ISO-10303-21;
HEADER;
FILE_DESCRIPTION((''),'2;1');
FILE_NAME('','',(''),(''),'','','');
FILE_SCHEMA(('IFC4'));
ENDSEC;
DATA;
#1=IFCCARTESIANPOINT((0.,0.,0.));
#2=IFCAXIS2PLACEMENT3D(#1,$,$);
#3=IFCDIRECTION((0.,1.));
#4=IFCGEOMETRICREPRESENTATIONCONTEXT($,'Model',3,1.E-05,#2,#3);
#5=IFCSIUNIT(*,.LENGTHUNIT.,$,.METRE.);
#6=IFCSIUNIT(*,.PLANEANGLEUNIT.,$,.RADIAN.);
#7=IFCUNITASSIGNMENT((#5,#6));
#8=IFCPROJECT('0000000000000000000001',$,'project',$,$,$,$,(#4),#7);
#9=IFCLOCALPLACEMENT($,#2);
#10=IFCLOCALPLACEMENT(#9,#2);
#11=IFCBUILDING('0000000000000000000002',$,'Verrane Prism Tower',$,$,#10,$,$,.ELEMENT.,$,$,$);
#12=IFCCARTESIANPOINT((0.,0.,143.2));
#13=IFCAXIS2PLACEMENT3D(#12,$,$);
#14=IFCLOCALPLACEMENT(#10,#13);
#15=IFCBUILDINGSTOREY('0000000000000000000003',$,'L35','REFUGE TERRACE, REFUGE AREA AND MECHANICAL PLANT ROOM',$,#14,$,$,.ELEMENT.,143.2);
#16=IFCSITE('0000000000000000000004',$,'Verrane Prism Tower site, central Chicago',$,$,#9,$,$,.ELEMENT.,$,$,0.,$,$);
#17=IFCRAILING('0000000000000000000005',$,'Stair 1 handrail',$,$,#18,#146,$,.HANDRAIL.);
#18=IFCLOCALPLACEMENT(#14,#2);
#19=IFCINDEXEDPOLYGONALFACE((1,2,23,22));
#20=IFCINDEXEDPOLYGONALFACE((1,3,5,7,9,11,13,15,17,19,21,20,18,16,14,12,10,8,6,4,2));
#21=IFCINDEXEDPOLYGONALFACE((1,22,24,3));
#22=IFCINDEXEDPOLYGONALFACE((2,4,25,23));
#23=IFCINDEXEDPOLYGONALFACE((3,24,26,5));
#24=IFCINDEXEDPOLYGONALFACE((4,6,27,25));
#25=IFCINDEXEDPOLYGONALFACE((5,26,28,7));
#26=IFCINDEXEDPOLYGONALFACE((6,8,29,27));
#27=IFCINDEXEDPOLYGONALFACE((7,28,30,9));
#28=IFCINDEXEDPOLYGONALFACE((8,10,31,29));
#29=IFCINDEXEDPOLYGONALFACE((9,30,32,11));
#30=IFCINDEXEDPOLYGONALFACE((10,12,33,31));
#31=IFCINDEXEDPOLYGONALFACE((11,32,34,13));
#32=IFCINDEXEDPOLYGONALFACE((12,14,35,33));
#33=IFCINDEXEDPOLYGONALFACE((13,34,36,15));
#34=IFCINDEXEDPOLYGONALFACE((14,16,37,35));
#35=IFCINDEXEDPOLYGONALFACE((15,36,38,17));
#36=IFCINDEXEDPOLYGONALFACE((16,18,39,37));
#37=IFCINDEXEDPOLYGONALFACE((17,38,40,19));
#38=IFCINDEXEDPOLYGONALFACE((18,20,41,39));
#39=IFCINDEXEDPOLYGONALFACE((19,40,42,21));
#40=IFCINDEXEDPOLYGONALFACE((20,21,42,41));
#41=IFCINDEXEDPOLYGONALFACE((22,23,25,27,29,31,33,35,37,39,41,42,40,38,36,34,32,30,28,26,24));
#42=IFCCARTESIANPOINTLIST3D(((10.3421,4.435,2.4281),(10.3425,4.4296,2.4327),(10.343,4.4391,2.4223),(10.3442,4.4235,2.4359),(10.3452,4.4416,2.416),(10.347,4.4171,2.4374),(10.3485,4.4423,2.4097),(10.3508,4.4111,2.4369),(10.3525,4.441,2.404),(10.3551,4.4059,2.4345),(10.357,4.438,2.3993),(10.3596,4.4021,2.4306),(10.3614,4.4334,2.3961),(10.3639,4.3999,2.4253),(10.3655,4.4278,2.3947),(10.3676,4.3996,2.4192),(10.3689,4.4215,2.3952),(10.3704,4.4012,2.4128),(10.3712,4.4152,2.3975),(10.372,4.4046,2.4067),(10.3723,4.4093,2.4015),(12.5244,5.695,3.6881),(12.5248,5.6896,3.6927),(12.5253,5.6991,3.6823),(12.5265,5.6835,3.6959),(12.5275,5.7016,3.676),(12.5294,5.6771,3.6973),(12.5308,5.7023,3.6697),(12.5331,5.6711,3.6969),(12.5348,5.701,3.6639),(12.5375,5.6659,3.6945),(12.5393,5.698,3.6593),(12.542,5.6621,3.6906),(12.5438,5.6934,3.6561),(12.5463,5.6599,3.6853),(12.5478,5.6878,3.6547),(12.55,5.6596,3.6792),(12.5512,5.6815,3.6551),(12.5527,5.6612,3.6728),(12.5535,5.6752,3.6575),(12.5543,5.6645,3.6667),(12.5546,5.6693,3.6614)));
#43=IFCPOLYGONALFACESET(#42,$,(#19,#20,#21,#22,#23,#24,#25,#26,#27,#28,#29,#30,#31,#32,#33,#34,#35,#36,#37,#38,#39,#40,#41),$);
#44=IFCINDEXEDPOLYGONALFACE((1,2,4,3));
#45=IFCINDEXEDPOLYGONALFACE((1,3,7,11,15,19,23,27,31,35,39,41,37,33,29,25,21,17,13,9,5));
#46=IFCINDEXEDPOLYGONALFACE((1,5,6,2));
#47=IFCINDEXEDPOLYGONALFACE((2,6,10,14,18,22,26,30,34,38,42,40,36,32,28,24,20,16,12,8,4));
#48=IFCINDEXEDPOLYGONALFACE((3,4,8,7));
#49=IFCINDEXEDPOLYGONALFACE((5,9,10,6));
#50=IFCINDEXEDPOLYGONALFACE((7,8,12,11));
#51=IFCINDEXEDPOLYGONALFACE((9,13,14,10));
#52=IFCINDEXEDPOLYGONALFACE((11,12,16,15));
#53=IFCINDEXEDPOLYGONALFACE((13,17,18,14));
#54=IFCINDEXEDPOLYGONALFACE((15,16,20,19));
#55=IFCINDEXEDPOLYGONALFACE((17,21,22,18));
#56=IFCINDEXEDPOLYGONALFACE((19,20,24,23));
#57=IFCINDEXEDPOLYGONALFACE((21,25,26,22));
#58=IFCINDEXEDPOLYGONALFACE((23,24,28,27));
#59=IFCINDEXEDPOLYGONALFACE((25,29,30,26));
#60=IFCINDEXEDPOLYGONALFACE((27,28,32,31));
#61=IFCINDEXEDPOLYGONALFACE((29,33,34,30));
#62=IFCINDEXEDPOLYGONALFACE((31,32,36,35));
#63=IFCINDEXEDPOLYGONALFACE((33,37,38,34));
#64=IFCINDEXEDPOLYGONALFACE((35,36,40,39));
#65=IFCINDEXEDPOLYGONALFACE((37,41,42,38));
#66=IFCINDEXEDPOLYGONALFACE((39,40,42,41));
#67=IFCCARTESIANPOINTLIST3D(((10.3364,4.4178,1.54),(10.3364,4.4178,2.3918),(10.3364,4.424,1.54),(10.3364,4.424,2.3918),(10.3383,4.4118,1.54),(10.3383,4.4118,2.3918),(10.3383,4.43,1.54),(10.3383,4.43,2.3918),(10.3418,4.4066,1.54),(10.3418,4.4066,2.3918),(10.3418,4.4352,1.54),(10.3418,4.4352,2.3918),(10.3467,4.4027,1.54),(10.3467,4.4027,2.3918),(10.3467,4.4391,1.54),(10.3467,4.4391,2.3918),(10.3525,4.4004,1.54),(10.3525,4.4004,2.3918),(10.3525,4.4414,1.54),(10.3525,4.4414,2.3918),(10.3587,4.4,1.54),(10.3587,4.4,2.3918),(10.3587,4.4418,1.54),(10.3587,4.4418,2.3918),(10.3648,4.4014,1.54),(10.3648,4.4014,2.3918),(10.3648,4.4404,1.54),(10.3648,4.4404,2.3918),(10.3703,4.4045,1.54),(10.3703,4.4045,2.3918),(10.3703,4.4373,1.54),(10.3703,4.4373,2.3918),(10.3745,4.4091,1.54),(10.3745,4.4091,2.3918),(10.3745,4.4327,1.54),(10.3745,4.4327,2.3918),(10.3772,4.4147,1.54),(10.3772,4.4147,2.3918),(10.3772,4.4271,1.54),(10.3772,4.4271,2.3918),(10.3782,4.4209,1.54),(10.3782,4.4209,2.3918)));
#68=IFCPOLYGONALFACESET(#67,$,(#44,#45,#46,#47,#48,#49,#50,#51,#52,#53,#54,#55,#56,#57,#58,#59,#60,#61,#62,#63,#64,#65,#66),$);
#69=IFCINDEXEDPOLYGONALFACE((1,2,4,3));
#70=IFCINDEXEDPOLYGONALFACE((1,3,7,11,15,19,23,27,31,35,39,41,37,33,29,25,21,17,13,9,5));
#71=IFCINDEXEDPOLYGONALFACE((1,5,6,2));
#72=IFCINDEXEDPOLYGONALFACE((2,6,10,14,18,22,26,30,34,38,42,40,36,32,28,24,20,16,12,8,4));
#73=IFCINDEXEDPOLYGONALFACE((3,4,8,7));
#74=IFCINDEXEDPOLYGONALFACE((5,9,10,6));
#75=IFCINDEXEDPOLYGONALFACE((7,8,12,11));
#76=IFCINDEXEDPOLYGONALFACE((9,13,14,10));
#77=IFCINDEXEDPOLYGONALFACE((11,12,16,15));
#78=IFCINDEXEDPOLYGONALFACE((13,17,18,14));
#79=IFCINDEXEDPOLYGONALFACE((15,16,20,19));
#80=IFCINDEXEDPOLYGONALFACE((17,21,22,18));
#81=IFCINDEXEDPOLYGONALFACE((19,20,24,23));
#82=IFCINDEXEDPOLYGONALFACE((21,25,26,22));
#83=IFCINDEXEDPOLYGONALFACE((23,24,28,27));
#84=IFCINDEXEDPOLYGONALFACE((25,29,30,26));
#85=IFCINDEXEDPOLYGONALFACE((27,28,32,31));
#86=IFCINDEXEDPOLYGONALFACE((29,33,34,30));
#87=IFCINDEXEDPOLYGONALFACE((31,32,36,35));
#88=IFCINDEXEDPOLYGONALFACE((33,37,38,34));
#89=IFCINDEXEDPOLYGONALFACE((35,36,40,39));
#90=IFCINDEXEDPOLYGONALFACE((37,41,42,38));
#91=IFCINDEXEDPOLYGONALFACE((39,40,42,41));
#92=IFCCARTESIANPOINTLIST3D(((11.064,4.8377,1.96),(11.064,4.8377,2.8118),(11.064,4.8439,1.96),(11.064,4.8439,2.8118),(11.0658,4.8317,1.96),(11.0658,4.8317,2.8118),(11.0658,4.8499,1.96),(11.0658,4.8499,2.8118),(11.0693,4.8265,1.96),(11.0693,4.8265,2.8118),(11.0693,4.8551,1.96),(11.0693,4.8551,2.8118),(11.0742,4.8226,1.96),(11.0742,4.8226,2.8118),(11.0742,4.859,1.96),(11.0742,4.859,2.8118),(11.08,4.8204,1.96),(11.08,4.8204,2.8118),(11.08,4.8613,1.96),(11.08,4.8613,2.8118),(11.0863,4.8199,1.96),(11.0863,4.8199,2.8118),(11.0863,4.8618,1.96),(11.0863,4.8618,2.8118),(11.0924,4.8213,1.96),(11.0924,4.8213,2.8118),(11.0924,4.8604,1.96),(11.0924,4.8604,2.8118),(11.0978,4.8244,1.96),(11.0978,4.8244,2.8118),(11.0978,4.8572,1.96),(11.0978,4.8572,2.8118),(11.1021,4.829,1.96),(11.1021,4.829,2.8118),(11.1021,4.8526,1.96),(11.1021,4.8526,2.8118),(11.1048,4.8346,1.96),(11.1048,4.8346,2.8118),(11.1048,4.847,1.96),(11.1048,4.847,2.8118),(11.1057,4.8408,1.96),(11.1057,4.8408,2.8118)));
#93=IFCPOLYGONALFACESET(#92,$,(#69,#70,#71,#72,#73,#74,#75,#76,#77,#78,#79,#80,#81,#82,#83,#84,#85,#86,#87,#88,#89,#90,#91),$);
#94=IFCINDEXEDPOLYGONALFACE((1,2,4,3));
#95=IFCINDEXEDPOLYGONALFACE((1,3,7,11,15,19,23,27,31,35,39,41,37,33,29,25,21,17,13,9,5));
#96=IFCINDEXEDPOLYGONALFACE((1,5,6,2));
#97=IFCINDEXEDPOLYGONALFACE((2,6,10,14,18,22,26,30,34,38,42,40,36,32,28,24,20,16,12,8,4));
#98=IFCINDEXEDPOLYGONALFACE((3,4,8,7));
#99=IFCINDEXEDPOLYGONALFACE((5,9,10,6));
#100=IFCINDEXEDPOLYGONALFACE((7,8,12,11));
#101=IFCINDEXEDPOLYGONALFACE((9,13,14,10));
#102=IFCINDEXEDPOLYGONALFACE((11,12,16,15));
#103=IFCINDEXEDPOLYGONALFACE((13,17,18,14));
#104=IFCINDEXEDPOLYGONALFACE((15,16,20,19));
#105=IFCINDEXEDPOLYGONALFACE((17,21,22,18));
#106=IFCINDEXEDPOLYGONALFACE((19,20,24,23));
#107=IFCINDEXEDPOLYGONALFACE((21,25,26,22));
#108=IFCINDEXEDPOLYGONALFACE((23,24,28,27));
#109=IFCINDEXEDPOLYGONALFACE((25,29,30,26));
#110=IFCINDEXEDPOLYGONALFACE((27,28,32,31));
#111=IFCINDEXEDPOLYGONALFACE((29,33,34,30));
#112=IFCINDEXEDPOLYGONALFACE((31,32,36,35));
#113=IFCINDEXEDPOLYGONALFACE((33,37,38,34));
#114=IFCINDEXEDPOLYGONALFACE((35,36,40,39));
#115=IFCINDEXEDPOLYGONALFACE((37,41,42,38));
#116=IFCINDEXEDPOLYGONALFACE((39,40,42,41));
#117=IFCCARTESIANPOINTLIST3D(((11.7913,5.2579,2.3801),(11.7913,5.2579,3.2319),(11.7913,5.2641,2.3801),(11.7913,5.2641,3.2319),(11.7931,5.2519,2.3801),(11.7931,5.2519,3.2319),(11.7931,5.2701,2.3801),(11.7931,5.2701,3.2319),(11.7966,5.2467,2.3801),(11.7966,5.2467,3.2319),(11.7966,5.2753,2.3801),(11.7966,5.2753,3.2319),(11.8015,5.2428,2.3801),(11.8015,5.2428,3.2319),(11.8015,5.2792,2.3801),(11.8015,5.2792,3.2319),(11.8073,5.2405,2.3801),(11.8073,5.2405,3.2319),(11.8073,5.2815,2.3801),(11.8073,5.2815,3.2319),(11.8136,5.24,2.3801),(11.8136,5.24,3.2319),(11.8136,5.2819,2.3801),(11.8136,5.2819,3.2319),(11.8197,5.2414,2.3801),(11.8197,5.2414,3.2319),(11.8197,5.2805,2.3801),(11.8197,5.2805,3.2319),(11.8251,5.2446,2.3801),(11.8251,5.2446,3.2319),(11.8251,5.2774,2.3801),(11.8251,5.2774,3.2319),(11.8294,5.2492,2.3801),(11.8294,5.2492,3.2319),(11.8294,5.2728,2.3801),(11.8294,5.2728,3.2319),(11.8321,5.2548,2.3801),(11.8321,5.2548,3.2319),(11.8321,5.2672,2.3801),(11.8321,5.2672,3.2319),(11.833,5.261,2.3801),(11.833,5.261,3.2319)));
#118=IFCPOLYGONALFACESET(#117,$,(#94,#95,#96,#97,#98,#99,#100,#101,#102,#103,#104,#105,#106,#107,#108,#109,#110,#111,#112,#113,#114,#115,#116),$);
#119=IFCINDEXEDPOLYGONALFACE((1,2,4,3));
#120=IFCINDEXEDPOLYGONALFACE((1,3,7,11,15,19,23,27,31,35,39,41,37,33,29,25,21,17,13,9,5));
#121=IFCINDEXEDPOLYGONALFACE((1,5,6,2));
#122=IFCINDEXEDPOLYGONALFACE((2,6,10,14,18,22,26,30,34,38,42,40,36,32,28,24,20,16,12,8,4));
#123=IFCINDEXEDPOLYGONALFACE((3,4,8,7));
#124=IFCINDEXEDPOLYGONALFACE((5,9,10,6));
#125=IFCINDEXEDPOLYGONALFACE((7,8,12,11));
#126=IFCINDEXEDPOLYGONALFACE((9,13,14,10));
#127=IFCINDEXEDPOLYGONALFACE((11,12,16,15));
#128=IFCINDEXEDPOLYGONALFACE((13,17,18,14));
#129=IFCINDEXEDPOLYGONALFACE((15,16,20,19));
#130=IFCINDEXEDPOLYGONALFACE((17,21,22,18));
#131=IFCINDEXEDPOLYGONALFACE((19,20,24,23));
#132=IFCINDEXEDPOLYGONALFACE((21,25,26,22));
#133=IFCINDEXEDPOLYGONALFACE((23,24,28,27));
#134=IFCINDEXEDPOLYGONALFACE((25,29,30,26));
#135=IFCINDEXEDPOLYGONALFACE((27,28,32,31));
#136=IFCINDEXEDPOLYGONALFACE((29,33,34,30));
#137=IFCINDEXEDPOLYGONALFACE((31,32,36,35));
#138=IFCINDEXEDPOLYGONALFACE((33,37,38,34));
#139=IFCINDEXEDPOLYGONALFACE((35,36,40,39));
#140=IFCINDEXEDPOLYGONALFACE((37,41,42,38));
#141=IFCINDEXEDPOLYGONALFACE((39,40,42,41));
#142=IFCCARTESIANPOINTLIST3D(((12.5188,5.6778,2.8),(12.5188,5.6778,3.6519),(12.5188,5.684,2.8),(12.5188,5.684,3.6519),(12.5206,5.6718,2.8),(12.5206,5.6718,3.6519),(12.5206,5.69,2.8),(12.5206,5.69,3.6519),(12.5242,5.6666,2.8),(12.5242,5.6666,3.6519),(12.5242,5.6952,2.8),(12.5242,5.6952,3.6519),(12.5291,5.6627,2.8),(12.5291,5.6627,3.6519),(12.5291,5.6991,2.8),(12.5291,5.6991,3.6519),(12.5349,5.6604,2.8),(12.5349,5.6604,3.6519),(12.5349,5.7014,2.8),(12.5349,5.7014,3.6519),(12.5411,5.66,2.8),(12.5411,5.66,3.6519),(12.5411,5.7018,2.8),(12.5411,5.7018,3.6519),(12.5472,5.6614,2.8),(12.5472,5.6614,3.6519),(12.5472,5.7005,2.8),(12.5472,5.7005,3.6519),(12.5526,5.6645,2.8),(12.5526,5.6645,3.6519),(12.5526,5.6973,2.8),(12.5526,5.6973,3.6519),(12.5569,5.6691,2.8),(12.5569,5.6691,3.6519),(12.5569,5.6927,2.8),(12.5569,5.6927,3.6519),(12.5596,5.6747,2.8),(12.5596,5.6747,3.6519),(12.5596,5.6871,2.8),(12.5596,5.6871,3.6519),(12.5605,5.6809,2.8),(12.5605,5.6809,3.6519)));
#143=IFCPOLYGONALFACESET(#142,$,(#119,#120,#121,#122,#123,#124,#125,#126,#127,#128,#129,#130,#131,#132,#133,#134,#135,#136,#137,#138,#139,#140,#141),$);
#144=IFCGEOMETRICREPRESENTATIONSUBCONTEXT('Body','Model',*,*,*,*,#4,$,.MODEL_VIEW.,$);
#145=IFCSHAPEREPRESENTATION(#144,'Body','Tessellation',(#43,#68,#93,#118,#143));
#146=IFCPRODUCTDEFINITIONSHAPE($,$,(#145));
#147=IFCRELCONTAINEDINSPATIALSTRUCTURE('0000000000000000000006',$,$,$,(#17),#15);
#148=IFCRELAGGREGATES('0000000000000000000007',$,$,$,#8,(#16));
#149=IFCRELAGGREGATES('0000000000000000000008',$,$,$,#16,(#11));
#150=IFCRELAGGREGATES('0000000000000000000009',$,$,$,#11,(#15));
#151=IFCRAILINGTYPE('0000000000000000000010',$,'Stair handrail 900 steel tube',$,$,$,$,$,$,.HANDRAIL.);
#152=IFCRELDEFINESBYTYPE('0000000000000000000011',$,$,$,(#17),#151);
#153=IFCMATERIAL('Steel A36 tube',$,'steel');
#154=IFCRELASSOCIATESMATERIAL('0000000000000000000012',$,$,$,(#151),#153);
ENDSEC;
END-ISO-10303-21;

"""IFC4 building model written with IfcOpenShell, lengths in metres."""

from ifc_helpers import new_model, si_unit, direction, frame, origin, origin_2d, place, context, subcontext, project, spatial, circle, extrude, material, type_object, element, save


model = new_model("IFC4")

# Units and contexts
model_context = context("Model", 3, precision=1e-05, world=origin(), true_north=direction((0.0, 1.0)))
body_context = subcontext(model_context, "Body", "Model", "MODEL_VIEW")
ifc_project = project(units=[si_unit("LENGTHUNIT", "METRE"), si_unit("PLANEANGLEUNIT", "RADIAN")], contexts=[model_context])

# Site, building, storey
site_placement = place(None, origin())
site = spatial("IfcSite", under=ifc_project, at=site_placement, Name="Verrane Prism Tower site, central Chicago", CompositionType="ELEMENT", RefElevation=0.0)
building_placement = place(site_placement, origin())
building = spatial("IfcBuilding", under=site, at=building_placement, Name="Verrane Prism Tower", CompositionType="ELEMENT")
storey_placement = place(building_placement, frame((0.0, 0.0, 143.2)))
storey = spatial("IfcBuildingStorey", under=building, at=storey_placement, Name="L35", Description="REFUGE TERRACE, REFUGE AREA AND MECHANICAL PLANT ROOM", CompositionType="ELEMENT", Elevation=143.2)

# Railing
ifc_material_1 = material(Name="Steel A36 tube", Category="steel")
railing_type_1 = type_object("IfcRailingType", Name="Stair handrail 900 steel tube", PredefinedType="HANDRAIL", material=ifc_material_1)
railing_1_placement = place(storey_placement, frame((10.3572, 4.4209, 1.54)))
element("IfcRailing", 1, at=railing_1_placement, inside=storey, type_object=railing_type_1, Name="Stair 1 handrail", PredefinedType="HANDRAIL", context=body_context, shape_type="SweptSolid", body=[
    extrude(circle(Radius=0.0239, at=origin_2d()), frame((0.0, 0.0, 0.876), z_axis=(0.774593, 0.447217, 0.447217), x_axis=(-0.500005, 0.866023, 0.0)), (0.0, 0.0, 1.0), 2.8174),
    extrude(circle(Radius=0.021, at=origin_2d()), origin(), (0.0, 0.0, 1.0), 0.8518),
    extrude(circle(Radius=0.021, at=origin_2d()), frame((0.7275, 0.4199, 0.4199)), (0.0, 0.0, 1.0), 0.8518),
    extrude(circle(Radius=0.021, at=origin_2d()), frame((1.4548, 0.8401, 0.8401)), (0.0, 0.0, 1.0), 0.8518),
    extrude(circle(Radius=0.021, at=origin_2d()), frame((2.1824, 1.26, 1.26)), (0.0, 0.0, 1.0), 0.8518),
])

save(model, "model.ifc")
